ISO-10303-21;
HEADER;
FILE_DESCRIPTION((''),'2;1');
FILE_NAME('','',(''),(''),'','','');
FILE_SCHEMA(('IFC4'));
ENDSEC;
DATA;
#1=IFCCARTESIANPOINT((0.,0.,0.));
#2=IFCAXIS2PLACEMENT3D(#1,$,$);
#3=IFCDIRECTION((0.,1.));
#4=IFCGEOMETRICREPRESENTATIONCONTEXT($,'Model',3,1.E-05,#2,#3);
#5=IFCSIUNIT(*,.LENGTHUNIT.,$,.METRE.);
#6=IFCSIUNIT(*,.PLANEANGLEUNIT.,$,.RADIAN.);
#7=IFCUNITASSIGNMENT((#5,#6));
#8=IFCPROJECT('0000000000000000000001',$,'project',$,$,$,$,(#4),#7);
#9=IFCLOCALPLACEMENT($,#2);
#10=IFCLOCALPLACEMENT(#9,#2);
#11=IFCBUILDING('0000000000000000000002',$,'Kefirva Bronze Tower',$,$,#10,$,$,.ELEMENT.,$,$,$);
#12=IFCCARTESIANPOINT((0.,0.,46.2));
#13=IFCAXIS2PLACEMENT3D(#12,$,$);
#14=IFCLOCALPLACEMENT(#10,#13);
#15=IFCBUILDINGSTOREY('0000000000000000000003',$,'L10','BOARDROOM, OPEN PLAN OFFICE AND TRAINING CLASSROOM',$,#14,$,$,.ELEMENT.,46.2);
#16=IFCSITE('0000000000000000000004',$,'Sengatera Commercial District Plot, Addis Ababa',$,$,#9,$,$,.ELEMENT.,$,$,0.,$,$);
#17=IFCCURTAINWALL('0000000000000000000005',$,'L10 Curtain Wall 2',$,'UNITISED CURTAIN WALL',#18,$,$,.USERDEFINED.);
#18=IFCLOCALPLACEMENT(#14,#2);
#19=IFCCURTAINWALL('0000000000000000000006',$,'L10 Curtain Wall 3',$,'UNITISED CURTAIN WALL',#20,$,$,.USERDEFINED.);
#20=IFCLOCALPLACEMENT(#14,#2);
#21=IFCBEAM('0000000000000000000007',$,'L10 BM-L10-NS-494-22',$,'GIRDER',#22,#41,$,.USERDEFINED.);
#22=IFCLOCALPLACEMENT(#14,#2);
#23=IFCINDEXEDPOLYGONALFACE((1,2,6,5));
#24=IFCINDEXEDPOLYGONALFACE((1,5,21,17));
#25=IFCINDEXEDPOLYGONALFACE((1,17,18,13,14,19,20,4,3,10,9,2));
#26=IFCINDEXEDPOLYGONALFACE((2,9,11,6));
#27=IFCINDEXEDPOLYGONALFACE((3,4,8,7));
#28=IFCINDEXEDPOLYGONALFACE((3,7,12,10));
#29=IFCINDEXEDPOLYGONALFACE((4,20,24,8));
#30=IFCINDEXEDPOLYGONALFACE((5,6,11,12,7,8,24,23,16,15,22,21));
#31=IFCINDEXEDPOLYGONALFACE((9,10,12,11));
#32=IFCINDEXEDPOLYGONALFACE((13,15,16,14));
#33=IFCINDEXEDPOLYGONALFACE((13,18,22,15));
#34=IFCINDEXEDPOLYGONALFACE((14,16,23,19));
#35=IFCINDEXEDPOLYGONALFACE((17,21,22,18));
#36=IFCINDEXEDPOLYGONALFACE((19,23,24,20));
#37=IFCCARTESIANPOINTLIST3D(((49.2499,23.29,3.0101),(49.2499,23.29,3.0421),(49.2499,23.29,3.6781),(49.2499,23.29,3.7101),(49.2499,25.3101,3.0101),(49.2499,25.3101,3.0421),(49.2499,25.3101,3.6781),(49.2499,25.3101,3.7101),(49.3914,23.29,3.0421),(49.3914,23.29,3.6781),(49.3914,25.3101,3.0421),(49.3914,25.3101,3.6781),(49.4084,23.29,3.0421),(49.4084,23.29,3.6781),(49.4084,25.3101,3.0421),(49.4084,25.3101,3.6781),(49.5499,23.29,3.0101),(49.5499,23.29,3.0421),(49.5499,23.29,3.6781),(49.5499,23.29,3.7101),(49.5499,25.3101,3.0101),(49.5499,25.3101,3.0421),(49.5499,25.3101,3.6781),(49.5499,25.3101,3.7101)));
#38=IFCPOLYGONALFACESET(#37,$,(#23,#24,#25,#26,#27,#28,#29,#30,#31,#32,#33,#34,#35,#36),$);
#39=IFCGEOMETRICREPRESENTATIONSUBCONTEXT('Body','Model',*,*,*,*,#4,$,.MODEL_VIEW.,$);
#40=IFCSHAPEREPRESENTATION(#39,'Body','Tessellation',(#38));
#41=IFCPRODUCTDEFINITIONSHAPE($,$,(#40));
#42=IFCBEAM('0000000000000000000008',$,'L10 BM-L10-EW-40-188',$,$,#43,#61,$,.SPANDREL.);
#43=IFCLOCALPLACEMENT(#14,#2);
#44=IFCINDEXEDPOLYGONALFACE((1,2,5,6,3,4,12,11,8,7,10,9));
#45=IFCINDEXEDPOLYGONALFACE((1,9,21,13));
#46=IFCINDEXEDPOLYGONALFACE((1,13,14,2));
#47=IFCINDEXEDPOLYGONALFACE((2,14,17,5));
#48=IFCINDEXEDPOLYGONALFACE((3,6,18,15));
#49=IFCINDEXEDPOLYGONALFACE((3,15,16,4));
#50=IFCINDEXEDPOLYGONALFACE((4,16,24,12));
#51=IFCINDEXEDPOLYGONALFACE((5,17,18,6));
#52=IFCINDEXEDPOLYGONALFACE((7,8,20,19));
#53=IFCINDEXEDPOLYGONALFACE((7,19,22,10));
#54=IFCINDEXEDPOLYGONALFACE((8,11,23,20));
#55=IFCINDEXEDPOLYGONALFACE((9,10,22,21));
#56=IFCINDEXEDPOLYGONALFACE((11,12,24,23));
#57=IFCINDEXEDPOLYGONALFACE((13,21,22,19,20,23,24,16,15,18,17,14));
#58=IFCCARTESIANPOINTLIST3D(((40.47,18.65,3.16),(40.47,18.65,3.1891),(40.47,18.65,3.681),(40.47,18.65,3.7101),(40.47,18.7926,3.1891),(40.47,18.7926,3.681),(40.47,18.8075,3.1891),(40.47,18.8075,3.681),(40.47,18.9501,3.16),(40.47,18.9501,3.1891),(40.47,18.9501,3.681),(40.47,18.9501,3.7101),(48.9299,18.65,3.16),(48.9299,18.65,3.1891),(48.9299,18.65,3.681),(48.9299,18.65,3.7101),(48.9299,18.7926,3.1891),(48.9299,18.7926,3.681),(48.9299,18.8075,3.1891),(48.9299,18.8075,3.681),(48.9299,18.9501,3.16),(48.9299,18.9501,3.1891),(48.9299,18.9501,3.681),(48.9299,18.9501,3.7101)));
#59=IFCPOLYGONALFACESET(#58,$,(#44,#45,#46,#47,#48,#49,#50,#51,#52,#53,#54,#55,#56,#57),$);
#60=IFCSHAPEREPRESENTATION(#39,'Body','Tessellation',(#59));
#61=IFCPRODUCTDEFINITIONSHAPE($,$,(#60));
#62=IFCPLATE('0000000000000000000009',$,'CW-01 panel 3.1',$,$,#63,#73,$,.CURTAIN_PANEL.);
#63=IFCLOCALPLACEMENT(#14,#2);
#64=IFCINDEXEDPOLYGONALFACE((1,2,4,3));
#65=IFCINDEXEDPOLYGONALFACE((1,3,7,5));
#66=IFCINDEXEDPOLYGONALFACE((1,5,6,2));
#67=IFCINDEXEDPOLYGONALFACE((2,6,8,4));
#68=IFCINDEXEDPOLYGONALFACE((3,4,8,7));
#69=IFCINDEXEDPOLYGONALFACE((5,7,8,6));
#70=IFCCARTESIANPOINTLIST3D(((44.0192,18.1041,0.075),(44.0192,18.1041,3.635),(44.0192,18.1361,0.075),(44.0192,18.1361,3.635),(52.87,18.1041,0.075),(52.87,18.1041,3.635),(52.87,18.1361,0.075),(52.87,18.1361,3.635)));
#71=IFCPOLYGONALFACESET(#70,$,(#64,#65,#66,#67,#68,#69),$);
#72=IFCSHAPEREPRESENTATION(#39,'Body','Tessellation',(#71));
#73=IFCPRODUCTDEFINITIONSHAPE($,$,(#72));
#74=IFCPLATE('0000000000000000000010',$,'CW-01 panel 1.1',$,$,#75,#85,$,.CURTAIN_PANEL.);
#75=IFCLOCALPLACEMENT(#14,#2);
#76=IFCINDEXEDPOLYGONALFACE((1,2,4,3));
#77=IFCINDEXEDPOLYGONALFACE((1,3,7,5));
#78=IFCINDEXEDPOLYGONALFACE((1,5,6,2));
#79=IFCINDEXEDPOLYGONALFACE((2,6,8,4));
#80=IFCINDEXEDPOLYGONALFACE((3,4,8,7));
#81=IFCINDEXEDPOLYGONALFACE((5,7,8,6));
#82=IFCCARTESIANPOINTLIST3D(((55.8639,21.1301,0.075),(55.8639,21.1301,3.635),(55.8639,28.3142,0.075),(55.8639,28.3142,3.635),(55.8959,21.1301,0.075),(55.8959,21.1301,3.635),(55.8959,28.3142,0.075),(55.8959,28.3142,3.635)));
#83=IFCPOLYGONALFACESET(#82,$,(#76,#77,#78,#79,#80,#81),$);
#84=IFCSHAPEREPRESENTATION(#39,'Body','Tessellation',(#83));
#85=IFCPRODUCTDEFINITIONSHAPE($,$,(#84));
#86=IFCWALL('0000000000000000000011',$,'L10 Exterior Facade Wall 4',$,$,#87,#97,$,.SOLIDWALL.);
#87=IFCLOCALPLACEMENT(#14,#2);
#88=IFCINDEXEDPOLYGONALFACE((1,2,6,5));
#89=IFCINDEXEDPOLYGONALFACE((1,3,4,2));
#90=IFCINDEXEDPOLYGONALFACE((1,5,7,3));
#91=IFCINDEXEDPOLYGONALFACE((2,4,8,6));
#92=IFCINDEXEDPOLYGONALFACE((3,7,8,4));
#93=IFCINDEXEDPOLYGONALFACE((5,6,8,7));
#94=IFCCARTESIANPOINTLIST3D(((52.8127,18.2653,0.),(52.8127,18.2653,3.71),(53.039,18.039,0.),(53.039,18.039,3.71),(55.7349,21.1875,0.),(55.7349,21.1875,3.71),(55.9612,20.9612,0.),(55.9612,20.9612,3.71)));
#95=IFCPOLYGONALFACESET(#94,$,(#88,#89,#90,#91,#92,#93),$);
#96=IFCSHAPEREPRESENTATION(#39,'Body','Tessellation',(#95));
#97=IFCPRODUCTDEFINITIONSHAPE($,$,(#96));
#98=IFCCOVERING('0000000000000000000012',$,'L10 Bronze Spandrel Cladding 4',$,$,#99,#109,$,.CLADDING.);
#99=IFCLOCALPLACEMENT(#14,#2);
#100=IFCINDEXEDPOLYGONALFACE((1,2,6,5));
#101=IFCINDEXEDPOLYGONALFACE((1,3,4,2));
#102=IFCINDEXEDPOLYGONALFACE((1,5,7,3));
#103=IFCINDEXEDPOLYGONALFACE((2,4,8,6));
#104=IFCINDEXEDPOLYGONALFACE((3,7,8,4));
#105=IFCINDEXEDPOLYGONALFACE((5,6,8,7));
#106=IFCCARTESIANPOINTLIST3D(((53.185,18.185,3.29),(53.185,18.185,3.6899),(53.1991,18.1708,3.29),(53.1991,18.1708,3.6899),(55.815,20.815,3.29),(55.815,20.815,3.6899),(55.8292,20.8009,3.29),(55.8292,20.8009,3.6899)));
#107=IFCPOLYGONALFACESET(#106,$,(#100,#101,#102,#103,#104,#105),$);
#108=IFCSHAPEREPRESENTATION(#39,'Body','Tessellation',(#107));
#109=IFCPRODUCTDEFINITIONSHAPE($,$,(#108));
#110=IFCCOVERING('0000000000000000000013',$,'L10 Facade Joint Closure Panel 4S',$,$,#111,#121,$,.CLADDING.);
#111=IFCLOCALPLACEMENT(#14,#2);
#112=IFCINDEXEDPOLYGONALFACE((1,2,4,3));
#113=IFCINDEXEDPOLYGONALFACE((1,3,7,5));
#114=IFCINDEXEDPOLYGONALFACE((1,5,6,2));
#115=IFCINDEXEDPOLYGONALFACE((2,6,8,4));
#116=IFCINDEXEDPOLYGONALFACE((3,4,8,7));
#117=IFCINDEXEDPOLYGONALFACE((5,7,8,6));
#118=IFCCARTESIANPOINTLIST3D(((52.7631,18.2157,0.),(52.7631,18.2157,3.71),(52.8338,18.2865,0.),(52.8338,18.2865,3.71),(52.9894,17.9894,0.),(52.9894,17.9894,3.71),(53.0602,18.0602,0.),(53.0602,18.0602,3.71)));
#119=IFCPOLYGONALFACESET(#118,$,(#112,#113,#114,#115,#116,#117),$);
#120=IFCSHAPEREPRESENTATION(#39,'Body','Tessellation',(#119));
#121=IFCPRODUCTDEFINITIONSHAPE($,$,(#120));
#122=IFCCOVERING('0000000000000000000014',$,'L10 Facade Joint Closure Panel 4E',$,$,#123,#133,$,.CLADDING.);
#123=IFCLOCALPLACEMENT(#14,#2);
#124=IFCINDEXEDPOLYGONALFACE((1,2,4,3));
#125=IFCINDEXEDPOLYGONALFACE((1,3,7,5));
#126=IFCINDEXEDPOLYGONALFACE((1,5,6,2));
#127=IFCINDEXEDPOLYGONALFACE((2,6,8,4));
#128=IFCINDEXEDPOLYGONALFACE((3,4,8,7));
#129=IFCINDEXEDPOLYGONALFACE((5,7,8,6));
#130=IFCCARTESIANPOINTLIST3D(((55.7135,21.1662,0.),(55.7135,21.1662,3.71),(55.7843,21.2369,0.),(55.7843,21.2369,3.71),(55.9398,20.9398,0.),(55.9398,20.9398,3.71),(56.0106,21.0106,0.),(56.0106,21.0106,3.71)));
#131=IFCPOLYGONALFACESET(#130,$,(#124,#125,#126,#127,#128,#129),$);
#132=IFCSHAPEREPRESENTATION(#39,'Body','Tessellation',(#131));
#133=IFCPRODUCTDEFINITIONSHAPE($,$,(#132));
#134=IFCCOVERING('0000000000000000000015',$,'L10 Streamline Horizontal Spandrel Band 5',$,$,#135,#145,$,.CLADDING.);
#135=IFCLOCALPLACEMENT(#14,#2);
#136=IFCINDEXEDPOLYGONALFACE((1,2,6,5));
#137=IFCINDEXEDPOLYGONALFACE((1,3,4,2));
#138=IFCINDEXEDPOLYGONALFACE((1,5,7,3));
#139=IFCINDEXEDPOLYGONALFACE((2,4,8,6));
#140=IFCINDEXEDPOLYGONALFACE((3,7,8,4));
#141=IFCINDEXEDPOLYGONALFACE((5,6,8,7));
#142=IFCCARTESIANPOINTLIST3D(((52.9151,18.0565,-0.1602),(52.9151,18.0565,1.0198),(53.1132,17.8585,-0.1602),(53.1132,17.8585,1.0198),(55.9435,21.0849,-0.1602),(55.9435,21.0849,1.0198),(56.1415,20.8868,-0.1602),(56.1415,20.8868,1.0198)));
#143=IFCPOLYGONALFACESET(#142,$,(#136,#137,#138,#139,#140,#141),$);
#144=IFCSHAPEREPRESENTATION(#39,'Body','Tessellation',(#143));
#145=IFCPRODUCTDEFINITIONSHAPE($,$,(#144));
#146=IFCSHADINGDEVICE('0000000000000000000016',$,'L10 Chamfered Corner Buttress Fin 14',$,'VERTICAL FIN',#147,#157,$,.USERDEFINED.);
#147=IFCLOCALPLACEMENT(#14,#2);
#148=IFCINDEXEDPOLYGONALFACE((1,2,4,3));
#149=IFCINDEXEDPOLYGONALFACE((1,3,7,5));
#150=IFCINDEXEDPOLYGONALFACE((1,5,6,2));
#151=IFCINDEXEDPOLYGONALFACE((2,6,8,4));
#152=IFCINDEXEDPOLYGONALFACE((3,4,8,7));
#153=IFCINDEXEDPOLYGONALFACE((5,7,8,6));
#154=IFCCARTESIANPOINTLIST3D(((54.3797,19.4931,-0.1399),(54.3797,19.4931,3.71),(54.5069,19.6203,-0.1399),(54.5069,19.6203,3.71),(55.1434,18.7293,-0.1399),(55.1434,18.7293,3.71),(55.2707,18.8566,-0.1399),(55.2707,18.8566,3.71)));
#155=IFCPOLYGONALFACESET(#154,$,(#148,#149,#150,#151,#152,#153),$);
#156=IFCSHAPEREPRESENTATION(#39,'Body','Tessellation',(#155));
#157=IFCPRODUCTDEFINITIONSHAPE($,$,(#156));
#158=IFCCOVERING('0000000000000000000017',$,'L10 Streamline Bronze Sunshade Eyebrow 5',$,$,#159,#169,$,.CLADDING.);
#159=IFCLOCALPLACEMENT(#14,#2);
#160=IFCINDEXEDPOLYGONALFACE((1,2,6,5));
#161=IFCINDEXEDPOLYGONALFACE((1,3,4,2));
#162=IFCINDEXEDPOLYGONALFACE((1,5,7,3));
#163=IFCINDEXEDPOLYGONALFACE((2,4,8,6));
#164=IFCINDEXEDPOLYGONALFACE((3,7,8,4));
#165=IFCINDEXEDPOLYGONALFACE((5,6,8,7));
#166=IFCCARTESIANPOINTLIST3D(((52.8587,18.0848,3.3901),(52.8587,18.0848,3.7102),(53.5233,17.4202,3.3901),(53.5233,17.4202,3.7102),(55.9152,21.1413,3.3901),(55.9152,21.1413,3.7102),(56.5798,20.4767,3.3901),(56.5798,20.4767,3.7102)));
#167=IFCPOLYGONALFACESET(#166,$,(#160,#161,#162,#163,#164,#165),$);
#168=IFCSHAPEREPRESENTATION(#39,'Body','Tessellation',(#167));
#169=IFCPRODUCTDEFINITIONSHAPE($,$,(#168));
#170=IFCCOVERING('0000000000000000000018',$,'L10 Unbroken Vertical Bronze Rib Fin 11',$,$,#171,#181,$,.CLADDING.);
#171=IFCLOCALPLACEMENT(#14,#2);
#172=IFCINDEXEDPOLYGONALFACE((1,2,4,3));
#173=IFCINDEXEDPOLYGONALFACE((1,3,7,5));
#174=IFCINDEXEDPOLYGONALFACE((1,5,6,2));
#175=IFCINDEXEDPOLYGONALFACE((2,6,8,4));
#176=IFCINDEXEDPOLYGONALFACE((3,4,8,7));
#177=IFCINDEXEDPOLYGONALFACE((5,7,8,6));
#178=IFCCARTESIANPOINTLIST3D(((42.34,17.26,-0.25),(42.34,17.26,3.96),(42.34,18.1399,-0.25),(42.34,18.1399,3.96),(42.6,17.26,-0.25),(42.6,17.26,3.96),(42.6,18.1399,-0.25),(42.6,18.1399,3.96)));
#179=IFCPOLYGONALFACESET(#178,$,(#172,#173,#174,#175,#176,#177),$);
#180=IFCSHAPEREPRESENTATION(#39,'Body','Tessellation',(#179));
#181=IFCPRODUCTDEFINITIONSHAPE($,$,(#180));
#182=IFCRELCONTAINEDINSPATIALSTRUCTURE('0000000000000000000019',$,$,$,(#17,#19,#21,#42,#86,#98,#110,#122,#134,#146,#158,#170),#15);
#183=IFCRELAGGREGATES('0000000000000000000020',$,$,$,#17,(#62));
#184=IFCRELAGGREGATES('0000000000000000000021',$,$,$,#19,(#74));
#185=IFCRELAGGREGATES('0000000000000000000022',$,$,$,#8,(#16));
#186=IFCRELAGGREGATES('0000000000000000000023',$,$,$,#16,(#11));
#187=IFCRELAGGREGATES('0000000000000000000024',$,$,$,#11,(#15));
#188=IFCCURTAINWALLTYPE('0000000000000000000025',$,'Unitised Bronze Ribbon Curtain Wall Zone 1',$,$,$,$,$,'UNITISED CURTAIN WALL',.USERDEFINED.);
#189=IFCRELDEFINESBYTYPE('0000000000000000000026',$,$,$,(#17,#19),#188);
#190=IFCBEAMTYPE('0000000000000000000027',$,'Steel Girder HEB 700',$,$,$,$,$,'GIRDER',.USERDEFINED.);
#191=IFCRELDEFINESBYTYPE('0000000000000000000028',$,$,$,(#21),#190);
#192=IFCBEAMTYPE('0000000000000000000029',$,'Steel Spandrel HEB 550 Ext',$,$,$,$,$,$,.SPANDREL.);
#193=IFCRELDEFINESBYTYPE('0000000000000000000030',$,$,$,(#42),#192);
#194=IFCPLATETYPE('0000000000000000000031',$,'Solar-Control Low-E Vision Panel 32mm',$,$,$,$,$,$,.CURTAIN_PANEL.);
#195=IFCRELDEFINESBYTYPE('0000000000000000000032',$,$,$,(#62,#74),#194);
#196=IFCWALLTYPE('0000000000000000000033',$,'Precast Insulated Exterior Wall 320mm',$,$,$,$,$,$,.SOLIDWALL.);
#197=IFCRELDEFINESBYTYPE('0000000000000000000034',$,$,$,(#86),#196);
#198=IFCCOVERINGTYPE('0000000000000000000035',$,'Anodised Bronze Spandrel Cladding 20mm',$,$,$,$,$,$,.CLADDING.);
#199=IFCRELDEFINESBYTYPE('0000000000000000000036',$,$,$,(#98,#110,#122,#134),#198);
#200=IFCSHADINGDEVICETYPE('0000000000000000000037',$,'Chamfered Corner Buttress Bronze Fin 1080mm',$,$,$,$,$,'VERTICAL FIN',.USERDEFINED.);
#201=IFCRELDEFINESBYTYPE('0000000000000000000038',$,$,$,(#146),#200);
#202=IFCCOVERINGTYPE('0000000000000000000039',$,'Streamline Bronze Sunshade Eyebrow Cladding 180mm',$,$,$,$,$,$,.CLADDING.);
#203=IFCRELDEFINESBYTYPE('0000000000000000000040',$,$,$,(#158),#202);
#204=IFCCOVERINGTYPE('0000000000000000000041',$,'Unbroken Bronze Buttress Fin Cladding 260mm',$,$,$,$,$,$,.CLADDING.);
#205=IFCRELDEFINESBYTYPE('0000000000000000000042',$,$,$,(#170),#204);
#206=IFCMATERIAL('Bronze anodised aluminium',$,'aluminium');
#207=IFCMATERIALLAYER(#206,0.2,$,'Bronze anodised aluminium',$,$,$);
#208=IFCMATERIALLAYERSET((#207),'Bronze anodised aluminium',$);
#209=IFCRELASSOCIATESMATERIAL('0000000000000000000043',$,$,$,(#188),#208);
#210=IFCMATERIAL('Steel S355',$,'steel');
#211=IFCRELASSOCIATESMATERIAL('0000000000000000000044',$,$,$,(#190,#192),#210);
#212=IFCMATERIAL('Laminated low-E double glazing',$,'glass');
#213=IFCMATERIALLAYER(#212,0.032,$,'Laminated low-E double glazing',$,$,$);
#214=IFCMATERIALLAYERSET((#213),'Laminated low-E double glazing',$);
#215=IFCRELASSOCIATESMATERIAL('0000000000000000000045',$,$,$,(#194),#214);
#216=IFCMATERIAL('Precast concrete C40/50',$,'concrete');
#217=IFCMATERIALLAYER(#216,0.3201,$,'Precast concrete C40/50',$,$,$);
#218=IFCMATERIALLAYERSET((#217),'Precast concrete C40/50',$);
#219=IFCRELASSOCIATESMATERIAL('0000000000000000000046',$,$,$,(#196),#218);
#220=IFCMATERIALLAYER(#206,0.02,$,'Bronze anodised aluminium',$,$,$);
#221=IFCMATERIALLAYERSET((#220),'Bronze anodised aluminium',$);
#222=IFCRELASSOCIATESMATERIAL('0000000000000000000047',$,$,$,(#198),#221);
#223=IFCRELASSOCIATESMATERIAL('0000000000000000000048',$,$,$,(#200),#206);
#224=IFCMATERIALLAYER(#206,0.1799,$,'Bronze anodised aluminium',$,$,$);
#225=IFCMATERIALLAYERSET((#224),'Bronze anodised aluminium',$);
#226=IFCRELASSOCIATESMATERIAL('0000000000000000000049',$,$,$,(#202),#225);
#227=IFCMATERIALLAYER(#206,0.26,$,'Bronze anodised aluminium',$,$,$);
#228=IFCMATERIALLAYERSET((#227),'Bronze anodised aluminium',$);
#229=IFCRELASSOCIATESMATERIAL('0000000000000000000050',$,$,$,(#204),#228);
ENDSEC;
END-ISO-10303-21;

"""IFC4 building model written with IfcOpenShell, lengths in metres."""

from ifc_helpers import new_model, si_unit, direction, frame, frame_2d, origin, origin_2d, place, context, subcontext, project, spatial, rectangle, i_section, extrude, material, layer, layer_set, material_profile, profile_set, type_object, element, aggregate, save


model = new_model("IFC4")

# Units and contexts
model_context = context("Model", 3, precision=1e-05, world=origin(), true_north=direction((0.0, 1.0)))
body_context = subcontext(model_context, "Body", "Model", "MODEL_VIEW")
ifc_project = project(units=[si_unit("LENGTHUNIT", "METRE"), si_unit("PLANEANGLEUNIT", "RADIAN")], contexts=[model_context])

# Site, building, storey
site_placement = place(None, origin())
site = spatial("IfcSite", under=ifc_project, at=site_placement, Name="Sengatera Commercial District Plot, Addis Ababa", CompositionType="ELEMENT", RefElevation=0.0)
building_placement = place(site_placement, origin())
building = spatial("IfcBuilding", under=site, at=building_placement, Name="Kefirva Bronze Tower", CompositionType="ELEMENT")
storey_placement = place(building_placement, frame((0.0, 0.0, 46.2)))
storey = spatial("IfcBuildingStorey", under=building, at=storey_placement, Name="L10", Description="BOARDROOM, OPEN PLAN OFFICE AND TRAINING CLASSROOM", CompositionType="ELEMENT", Elevation=46.2)

# Curtain wall
ifc_material_1 = material(Name="Bronze anodised aluminium", Category="aluminium")
ifc_layer_1 = layer(ifc_material_1, 0.2, Name="Bronze anodised aluminium")
ifc_layer_set_1 = layer_set([ifc_layer_1], Name="Bronze anodised aluminium")
curtain_wall_type = type_object("IfcCurtainWallType", Name="Unitised Bronze Ribbon Curtain Wall Zone 1", ElementType="UNITISED CURTAIN WALL", PredefinedType="USERDEFINED", material=ifc_layer_set_1)
curtain_wall_1_placement = place(storey_placement, origin())
curtain_wall_1 = element("IfcCurtainWall", 1, at=curtain_wall_1_placement, inside=storey, type_object=curtain_wall_type, Name="L10 Curtain Wall 2", ObjectType="UNITISED CURTAIN WALL", PredefinedType="USERDEFINED")

# Curtain wall
curtain_wall_2_placement = place(storey_placement, origin())
curtain_wall_2 = element("IfcCurtainWall", 2, at=curtain_wall_2_placement, inside=storey, type_object=curtain_wall_type, Name="L10 Curtain Wall 3", ObjectType="UNITISED CURTAIN WALL", PredefinedType="USERDEFINED")

# Beams
ifc_material_2 = material(Name="Steel S355", Category="steel")
ifc_material_profile_1 = material_profile(ifc_material_2, i_section(OverallWidth=0.3, OverallDepth=0.7, WebThickness=0.0171, FlangeThickness=0.032, at=origin_2d()), Name="HEB 700")
ifc_profile_set_1 = profile_set([ifc_material_profile_1], Name="Steel S355")
beam_type_1 = type_object("IfcBeamType", Name="Steel Girder HEB 700", ElementType="GIRDER", PredefinedType="USERDEFINED", material=ifc_profile_set_1)
beam_1_placement = place(storey_placement, frame((49.3999, 23.29, 3.3601), z_axis=(0.0, 1.0, 0.0), x_axis=(-1.0, 0.0, 0.0)))
element("IfcBeam", 3, at=beam_1_placement, inside=storey, type_object=beam_type_1, Name="L10 BM-L10-NS-494-22", ObjectType="GIRDER", PredefinedType="USERDEFINED", context=body_context, shape_type="SweptSolid", body=[
    extrude(i_section(OverallWidth=0.3, OverallDepth=0.7, WebThickness=0.0171, FlangeThickness=0.032, at=origin_2d()), origin(), (0.0, 0.0, 1.0), 2.02),
])
ifc_material_profile_2 = material_profile(ifc_material_2, i_section(OverallWidth=0.3, OverallDepth=0.55, WebThickness=0.0149, FlangeThickness=0.0291, at=origin_2d()), Name="HEB 550")
ifc_profile_set_2 = profile_set([ifc_material_profile_2], Name="Steel S355")
beam_type_2 = type_object("IfcBeamType", Name="Steel Spandrel HEB 550 Ext", PredefinedType="SPANDREL", material=ifc_profile_set_2)
beam_2_placement = place(storey_placement, frame((40.47, 18.8, 3.4351), z_axis=(1.0, 0.0, 0.0), x_axis=(0.0, 1.0, 0.0)))
element("IfcBeam", 4, at=beam_2_placement, inside=storey, type_object=beam_type_2, Name="L10 BM-L10-EW-40-188", PredefinedType="SPANDREL", context=body_context, shape_type="SweptSolid", body=[
    extrude(i_section(OverallWidth=0.3, OverallDepth=0.55, WebThickness=0.0149, FlangeThickness=0.0291, at=origin_2d()), origin(), (0.0, 0.0, 1.0), 8.46),
])

# Plates
ifc_material_3 = material(Name="Laminated low-E double glazing", Category="glass")
ifc_layer_2 = layer(ifc_material_3, 0.032, Name="Laminated low-E double glazing")
ifc_layer_set_2 = layer_set([ifc_layer_2], Name="Laminated low-E double glazing")
plate_type = type_object("IfcPlateType", Name="Solar-Control Low-E Vision Panel 32mm", PredefinedType="CURTAIN_PANEL", material=ifc_layer_set_2)
plate_1_placement = place(storey_placement, frame((48.4446, 18.1201, 0.075), z_axis=(0.0, 0.0, 1.0), x_axis=(1.0, 0.0, 0.0)))
plate_1 = element("IfcPlate", 5, at=plate_1_placement, type_object=plate_type, Name="CW-01 panel 3.1", PredefinedType="CURTAIN_PANEL", context=body_context, shape_type="SweptSolid", body=[
    extrude(rectangle(XDim=8.8508, YDim=0.032, at=origin_2d()), origin(), (0.0, 0.0, 1.0), 3.5601),
])
aggregate(curtain_wall_1, [plate_1])
plate_2_placement = place(storey_placement, frame((55.8799, 24.7222, 0.075), z_axis=(0.0, 0.0, 1.0), x_axis=(0.0, 1.0, 0.0)))
plate_2 = element("IfcPlate", 6, at=plate_2_placement, type_object=plate_type, Name="CW-01 panel 1.1", PredefinedType="CURTAIN_PANEL", context=body_context, shape_type="SweptSolid", body=[
    extrude(rectangle(XDim=7.1841, YDim=0.032, at=origin_2d()), origin(), (0.0, 0.0, 1.0), 3.5601),
])
aggregate(curtain_wall_2, [plate_2])

# Wall
ifc_material_4 = material(Name="Precast concrete C40/50", Category="concrete")
ifc_layer_3 = layer(ifc_material_4, 0.3201, Name="Precast concrete C40/50")
ifc_layer_set_3 = layer_set([ifc_layer_3], Name="Precast concrete C40/50")
wall_type = type_object("IfcWallType", Name="Precast Insulated Exterior Wall 320mm", PredefinedType="SOLIDWALL", material=ifc_layer_set_3)
wall_placement = place(storey_placement, frame((52.9258, 18.1521, 0.0), z_axis=(0.0, 0.0, 1.0), x_axis=(0.707107, 0.707107, 0.0)))
element("IfcWall", 7, at=wall_placement, inside=storey, type_object=wall_type, Name="L10 Exterior Facade Wall 4", PredefinedType="SOLIDWALL", context=body_context, shape_type="SweptSolid", body=[
    extrude(rectangle(XDim=4.1326, YDim=0.3201, at=frame_2d((2.0664, 0.0))), origin(), (0.0, 0.0, 1.0), 3.71),
])

# Coverings
ifc_layer_4 = layer(ifc_material_1, 0.02, Name="Bronze anodised aluminium")
ifc_layer_set_4 = layer_set([ifc_layer_4], Name="Bronze anodised aluminium")
covering_type_1 = type_object("IfcCoveringType", Name="Anodised Bronze Spandrel Cladding 20mm", PredefinedType="CLADDING", material=ifc_layer_set_4)
covering_1_placement = place(storey_placement, frame((54.5071, 19.4929, 3.29), z_axis=(0.0, 0.0, 1.0), x_axis=(0.707107, 0.707107, 0.0)))
element("IfcCovering", 8, at=covering_1_placement, inside=storey, type_object=covering_type_1, Name="L10 Bronze Spandrel Cladding 4", PredefinedType="CLADDING", context=body_context, shape_type="SweptSolid", body=[
    extrude(rectangle(XDim=3.7195, YDim=0.02, at=origin_2d()), origin(), (0.0, 0.0, 1.0), 0.3999),
])
for number, where, z_axis, x_axis, name in (
    (9, (52.9116, 18.1379, 0.0), (0.0, 0.0, 1.0), (0.707107, 0.707107, 0.0), "L10 Facade Joint Closure Panel 4S"),
    (10, (55.8621, 21.0884, 0.0), (0.0, 0.0, 1.0), (0.707107, 0.707107, 0.0), "L10 Facade Joint Closure Panel 4E"),
):
    element("IfcCovering", number, at=place(storey_placement, frame(where, z_axis=z_axis, x_axis=x_axis)), inside=storey, type_object=covering_type_1, Name=name, PredefinedType="CLADDING", context=body_context, shape_type="SweptSolid", body=[
        extrude(rectangle(XDim=0.1001, YDim=0.3201, at=origin_2d()), origin(), (0.0, 0.0, 1.0), 3.71),
    ])
covering_2_placement = place(storey_placement, frame((54.5283, 19.4717, -0.1602), z_axis=(0.0, 0.0, 1.0), x_axis=(0.707107, 0.707107, 0.0)))
element("IfcCovering", 11, at=covering_2_placement, inside=storey, type_object=covering_type_1, Name="L10 Streamline Horizontal Spandrel Band 5", PredefinedType="CLADDING", context=body_context, shape_type="SweptSolid", body=[
    extrude(rectangle(XDim=4.2827, YDim=0.28, at=origin_2d()), origin(), (0.0, 0.0, 1.0), 1.1799),
])

# Shading device
ifc_material_profile_3 = material_profile(ifc_material_1, rectangle(XDim=0.1799, YDim=1.0801, at=origin_2d()), Name="BRONZE BUTTRESS FIN 180x1080")
ifc_profile_set_3 = profile_set([ifc_material_profile_3], Name="Bronze anodised aluminium")
shading_device_type = type_object("IfcShadingDeviceType", Name="Chamfered Corner Buttress Bronze Fin 1080mm", ElementType="VERTICAL FIN", PredefinedType="USERDEFINED", material=ifc_profile_set_3)
shading_device_placement = place(storey_placement, frame((54.8252, 19.1748, -0.1399), z_axis=(0.0, 0.0, 1.0), x_axis=(0.707107, 0.707107, 0.0)))
element("IfcShadingDevice", 12, at=shading_device_placement, inside=storey, type_object=shading_device_type, Name="L10 Chamfered Corner Buttress Fin 14", ObjectType="VERTICAL FIN", PredefinedType="USERDEFINED", context=body_context, shape_type="SweptSolid", body=[
    extrude(rectangle(XDim=0.1799, YDim=1.0801, at=origin_2d()), origin(), (0.0, 0.0, 1.0), 3.8499),
])

# Coverings
ifc_layer_5 = layer(ifc_material_1, 0.1799, Name="Bronze anodised aluminium")
ifc_layer_set_5 = layer_set([ifc_layer_5], Name="Bronze anodised aluminium")
covering_type_2 = type_object("IfcCoveringType", Name="Streamline Bronze Sunshade Eyebrow Cladding 180mm", PredefinedType="CLADDING", material=ifc_layer_set_5)
covering_3_placement = place(storey_placement, frame((54.7192, 19.2808, 3.3901), z_axis=(0.0, 0.0, 1.0), x_axis=(0.707107, 0.707107, 0.0)))
element("IfcCovering", 13, at=covering_3_placement, inside=storey, type_object=covering_type_2, Name="L10 Streamline Bronze Sunshade Eyebrow 5", PredefinedType="CLADDING", context=body_context, shape_type="SweptSolid", body=[
    extrude(rectangle(XDim=4.3225, YDim=0.9399, at=origin_2d()), origin(), (0.0, 0.0, 1.0), 0.3201),
])
ifc_layer_6 = layer(ifc_material_1, 0.26, Name="Bronze anodised aluminium")
ifc_layer_set_6 = layer_set([ifc_layer_6], Name="Bronze anodised aluminium")
covering_type_3 = type_object("IfcCoveringType", Name="Unbroken Bronze Buttress Fin Cladding 260mm", PredefinedType="CLADDING", material=ifc_layer_set_6)
for number, where, z_axis, x_axis, name in (
    (14, (42.47, 17.7, -0.25), (0.0, 0.0, 1.0), (1.0, 0.0, 0.0), "L10 Unbroken Vertical Bronze Rib Fin 11"),
):
    element("IfcCovering", number, at=place(storey_placement, frame(where, z_axis=z_axis, x_axis=x_axis)), inside=storey, type_object=covering_type_3, Name=name, PredefinedType="CLADDING", context=body_context, shape_type="SweptSolid", body=[
        extrude(rectangle(XDim=0.26, YDim=0.8799, at=origin_2d()), origin(), (0.0, 0.0, 1.0), 4.21),
    ])

save(model, "model.ifc")
